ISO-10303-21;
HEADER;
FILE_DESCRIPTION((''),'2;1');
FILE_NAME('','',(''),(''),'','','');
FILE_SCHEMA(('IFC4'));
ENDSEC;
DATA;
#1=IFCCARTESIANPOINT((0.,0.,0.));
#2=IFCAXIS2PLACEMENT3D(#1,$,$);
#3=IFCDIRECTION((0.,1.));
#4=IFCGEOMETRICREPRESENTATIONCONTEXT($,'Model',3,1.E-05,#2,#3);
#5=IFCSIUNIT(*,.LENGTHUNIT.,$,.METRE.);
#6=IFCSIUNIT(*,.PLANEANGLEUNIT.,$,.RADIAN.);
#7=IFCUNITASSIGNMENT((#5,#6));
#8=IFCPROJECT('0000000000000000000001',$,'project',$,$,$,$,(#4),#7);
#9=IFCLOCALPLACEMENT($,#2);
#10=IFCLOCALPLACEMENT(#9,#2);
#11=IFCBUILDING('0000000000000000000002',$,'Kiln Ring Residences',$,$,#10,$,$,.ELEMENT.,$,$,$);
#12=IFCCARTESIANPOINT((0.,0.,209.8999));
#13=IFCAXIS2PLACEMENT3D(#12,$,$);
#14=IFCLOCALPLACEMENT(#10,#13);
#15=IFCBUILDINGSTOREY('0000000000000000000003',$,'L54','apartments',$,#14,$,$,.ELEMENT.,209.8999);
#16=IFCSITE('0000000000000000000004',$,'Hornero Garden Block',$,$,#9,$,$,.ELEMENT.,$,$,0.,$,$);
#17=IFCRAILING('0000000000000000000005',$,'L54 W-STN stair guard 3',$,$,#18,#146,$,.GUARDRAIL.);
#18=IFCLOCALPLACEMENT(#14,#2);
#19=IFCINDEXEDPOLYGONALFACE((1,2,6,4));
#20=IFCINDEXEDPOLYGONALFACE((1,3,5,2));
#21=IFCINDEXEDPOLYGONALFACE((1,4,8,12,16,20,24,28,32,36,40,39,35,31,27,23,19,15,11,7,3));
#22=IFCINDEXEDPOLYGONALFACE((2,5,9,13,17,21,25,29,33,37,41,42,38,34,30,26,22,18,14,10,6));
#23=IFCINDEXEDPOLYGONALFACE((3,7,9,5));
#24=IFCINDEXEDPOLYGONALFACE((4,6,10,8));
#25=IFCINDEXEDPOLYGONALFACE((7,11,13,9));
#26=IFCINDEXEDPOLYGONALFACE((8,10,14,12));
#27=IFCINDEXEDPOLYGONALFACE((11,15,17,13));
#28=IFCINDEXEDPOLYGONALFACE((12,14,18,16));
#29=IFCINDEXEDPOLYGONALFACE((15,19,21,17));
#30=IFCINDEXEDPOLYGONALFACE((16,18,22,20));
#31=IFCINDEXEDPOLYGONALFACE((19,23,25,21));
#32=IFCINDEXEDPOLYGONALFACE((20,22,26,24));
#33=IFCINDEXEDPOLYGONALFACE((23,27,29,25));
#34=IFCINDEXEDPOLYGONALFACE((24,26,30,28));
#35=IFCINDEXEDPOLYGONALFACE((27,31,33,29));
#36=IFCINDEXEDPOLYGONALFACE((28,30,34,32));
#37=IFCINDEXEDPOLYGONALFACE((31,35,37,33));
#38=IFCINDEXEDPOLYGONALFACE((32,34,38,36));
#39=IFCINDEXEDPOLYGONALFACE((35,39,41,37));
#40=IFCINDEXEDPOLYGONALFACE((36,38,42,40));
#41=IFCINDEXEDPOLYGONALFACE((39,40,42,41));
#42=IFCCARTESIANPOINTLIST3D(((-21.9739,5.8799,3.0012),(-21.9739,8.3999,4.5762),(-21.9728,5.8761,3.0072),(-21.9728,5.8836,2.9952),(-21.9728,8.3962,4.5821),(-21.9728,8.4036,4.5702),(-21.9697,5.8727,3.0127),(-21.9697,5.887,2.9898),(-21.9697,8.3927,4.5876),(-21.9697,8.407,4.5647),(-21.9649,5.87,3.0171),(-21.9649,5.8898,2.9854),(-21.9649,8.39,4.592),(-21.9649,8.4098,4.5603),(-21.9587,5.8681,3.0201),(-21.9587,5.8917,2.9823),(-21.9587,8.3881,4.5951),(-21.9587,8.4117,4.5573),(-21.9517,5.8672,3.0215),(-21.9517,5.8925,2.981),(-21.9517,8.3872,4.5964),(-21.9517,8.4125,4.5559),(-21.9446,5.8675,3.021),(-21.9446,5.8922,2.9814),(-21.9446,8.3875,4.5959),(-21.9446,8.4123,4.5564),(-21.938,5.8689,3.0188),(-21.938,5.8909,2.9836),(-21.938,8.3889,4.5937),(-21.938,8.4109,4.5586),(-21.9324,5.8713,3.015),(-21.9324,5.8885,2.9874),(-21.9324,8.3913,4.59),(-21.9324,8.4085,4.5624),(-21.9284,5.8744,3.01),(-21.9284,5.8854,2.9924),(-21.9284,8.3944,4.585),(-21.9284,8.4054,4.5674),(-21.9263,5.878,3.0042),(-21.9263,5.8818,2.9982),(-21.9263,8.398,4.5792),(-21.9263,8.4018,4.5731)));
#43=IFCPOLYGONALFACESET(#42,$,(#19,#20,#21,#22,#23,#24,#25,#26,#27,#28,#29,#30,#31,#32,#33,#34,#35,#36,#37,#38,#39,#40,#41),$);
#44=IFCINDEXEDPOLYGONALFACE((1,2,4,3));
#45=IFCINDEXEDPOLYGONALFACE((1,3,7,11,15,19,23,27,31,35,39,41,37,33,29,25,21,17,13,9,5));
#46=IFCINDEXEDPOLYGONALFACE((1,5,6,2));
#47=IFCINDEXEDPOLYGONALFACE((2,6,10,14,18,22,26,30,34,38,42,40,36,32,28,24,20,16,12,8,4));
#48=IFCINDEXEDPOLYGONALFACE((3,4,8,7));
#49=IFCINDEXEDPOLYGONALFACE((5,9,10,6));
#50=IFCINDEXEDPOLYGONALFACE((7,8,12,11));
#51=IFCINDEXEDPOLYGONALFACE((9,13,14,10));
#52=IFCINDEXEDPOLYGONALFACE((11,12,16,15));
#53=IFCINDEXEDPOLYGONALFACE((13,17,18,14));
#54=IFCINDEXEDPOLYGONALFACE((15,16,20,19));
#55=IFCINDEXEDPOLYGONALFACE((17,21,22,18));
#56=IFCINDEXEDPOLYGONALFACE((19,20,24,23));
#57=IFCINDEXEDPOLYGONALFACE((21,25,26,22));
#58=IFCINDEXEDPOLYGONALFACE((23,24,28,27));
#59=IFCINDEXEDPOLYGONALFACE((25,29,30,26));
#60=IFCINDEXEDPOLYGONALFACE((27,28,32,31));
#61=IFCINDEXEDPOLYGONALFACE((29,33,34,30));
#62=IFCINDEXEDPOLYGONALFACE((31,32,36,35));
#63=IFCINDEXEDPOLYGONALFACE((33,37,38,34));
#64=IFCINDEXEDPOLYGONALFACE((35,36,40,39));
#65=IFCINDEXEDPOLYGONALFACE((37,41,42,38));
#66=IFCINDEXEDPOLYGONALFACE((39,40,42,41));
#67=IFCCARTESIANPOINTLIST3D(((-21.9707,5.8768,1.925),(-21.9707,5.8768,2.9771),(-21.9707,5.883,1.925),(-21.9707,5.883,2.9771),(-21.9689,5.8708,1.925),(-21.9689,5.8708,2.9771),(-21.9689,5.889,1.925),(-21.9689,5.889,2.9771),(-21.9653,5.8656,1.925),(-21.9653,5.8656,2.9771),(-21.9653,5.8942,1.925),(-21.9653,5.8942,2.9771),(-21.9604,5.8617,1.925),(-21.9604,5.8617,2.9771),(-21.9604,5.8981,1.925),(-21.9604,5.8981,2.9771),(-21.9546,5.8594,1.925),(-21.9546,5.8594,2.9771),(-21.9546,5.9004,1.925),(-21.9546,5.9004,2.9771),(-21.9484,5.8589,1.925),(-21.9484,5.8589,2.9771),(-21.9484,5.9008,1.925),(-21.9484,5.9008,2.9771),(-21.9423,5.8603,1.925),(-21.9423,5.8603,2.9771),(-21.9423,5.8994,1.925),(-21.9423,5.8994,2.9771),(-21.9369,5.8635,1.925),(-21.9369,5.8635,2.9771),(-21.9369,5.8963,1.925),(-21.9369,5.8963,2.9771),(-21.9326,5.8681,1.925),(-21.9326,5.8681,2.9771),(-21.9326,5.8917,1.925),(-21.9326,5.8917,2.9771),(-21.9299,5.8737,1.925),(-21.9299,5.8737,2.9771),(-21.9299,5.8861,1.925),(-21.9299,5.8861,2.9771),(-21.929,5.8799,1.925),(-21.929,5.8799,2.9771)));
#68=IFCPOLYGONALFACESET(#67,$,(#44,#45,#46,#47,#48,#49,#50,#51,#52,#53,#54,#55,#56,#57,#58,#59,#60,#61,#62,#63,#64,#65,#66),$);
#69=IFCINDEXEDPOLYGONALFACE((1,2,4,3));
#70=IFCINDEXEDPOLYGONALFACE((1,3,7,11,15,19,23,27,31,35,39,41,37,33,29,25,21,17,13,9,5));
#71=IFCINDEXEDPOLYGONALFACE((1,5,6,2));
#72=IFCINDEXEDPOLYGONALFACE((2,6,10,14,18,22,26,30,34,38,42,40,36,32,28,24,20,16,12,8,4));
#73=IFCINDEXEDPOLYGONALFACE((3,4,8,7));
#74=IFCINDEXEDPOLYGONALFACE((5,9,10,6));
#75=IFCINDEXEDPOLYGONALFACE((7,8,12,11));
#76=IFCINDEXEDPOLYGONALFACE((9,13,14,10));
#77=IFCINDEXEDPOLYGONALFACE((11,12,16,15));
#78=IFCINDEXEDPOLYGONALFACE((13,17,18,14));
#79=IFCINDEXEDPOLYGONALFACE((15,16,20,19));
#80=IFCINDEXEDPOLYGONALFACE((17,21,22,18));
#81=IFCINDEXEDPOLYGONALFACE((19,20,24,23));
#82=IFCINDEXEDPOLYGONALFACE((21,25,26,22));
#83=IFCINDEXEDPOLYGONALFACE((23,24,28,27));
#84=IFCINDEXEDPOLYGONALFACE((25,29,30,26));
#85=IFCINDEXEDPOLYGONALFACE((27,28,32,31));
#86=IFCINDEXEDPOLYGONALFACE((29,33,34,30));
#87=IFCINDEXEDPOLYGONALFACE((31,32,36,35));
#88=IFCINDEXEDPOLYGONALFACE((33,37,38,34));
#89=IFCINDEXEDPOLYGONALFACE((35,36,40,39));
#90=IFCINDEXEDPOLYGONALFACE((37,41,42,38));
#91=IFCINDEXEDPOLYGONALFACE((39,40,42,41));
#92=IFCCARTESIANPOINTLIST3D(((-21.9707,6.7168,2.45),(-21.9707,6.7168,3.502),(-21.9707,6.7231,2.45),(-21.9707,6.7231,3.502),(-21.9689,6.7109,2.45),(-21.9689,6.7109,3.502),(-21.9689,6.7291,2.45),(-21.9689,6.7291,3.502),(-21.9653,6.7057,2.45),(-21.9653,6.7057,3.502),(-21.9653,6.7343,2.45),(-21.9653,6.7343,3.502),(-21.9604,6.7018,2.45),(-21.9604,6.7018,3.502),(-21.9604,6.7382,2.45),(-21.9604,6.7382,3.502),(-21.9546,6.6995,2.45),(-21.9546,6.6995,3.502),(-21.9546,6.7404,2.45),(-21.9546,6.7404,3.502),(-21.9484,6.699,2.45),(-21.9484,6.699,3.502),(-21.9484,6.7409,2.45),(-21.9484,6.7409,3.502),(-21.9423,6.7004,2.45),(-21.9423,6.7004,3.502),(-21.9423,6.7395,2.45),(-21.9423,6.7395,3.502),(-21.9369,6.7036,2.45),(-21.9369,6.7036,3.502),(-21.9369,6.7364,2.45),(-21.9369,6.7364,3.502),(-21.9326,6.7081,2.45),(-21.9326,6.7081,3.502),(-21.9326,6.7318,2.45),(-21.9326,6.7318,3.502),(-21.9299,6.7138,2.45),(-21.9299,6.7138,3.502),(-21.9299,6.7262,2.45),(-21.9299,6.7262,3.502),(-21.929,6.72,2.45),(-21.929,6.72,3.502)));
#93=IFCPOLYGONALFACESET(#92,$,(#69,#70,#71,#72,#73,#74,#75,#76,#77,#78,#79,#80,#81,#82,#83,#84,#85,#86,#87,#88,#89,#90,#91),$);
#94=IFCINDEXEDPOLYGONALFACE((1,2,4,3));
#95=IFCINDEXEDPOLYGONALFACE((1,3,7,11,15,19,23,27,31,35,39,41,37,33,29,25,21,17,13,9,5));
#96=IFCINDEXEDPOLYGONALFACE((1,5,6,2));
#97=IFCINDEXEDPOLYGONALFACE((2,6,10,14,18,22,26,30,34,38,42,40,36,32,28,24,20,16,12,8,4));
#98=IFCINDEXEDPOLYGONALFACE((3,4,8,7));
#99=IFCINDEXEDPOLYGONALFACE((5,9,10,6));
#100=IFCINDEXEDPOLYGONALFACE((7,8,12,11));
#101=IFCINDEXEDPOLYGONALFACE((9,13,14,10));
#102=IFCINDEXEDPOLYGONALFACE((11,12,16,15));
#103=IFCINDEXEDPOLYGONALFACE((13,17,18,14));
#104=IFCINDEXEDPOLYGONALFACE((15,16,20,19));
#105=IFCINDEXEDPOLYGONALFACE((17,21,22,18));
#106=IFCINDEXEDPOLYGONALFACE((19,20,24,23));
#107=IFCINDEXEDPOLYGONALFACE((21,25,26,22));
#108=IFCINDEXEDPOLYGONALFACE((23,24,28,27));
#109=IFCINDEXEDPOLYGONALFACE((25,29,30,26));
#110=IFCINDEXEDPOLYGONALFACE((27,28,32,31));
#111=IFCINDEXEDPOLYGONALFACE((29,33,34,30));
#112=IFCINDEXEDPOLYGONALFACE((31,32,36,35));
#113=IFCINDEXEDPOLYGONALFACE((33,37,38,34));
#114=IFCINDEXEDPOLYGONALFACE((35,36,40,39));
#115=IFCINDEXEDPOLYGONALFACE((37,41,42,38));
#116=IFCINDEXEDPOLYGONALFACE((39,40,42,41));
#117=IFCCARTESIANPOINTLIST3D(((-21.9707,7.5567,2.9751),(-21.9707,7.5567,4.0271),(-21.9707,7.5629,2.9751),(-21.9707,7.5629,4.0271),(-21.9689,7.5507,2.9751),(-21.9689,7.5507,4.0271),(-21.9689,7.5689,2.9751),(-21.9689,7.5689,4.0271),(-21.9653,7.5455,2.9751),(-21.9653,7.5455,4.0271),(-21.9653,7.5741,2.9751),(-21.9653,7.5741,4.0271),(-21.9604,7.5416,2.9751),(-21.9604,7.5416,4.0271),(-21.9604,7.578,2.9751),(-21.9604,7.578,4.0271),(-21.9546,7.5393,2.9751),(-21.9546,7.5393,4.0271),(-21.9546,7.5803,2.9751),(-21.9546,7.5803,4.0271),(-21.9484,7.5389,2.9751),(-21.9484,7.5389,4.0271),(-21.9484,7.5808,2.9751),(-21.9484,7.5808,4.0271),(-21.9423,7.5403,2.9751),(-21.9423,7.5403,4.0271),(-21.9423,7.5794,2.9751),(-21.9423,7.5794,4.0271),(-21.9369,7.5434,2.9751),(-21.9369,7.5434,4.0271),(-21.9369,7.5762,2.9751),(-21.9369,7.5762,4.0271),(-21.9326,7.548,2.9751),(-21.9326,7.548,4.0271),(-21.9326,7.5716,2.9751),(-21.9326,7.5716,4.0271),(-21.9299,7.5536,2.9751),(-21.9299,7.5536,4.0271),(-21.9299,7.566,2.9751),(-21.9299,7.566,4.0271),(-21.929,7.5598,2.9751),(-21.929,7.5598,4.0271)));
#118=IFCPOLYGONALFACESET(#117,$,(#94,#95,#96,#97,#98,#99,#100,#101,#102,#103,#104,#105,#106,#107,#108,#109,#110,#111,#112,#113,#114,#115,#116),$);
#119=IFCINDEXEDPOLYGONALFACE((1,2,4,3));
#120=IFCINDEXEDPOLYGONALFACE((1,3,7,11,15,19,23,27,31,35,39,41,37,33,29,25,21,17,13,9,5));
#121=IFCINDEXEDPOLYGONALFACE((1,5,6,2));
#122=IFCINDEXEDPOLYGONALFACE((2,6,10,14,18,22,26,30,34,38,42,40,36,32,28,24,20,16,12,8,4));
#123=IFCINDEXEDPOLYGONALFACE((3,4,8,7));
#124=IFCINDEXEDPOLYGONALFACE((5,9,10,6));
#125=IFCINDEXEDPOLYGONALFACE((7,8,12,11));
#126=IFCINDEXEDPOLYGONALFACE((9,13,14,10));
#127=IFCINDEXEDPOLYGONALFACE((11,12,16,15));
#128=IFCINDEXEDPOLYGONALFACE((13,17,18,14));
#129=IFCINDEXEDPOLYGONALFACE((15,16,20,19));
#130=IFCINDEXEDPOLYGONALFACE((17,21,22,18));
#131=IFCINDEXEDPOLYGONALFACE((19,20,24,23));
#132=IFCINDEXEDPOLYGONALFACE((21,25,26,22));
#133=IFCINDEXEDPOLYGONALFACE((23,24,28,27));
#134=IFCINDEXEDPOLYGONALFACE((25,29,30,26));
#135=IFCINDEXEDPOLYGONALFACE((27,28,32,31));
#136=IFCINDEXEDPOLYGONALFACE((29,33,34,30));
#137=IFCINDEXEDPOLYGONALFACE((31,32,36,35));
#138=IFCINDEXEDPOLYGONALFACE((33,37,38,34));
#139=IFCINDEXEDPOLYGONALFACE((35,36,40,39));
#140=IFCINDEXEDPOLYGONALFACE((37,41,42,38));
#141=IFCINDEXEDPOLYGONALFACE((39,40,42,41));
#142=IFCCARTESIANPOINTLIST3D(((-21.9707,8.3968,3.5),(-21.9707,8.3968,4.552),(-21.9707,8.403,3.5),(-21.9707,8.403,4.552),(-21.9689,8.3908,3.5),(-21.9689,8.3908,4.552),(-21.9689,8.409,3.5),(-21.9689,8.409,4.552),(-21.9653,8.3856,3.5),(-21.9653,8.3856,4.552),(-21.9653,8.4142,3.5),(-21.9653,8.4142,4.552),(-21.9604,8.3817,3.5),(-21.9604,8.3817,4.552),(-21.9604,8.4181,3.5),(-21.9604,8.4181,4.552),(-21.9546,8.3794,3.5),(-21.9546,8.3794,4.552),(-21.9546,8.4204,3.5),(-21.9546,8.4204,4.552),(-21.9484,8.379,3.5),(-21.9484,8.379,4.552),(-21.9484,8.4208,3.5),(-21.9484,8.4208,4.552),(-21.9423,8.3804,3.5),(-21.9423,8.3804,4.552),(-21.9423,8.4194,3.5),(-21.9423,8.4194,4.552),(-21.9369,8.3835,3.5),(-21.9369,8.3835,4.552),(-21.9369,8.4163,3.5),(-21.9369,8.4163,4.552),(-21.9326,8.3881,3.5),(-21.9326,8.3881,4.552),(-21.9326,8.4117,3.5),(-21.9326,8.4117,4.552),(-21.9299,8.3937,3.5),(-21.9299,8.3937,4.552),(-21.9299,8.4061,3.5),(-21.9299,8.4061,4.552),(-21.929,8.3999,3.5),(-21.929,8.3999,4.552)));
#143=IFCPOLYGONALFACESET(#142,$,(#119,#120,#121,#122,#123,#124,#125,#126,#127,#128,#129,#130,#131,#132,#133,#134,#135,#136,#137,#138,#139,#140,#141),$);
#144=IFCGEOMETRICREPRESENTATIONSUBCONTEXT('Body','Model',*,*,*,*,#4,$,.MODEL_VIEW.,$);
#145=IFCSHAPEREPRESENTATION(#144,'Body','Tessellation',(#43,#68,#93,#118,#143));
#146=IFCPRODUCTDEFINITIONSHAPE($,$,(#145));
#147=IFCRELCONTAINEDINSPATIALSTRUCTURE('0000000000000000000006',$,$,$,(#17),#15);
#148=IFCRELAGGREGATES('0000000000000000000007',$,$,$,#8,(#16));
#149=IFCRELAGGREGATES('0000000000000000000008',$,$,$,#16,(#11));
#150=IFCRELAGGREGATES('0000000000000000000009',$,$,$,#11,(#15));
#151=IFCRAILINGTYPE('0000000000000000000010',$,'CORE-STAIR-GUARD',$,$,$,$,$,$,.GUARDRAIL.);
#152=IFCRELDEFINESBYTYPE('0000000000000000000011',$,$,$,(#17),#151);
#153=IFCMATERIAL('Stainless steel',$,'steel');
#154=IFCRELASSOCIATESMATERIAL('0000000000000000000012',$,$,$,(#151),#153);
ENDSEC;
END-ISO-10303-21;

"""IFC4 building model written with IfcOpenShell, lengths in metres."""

from ifc_helpers import new_model, si_unit, direction, frame, origin, origin_2d, place, context, subcontext, project, spatial, circle, extrude, material, type_object, element, save


model = new_model("IFC4")

# Units and contexts
model_context = context("Model", 3, precision=1e-05, world=origin(), true_north=direction((0.0, 1.0)))
body_context = subcontext(model_context, "Body", "Model", "MODEL_VIEW")
ifc_project = project(units=[si_unit("LENGTHUNIT", "METRE"), si_unit("PLANEANGLEUNIT", "RADIAN")], contexts=[model_context])

# Site, building, storey
site_placement = place(None, origin())
site = spatial("IfcSite", under=ifc_project, at=site_placement, Name="Hornero Garden Block", CompositionType="ELEMENT", RefElevation=0.0)
building_placement = place(site_placement, origin())
building = spatial("IfcBuilding", under=site, at=building_placement, Name="Kiln Ring Residences", CompositionType="ELEMENT")
storey_placement = place(building_placement, frame((0.0, 0.0, 209.8999)))
storey = spatial("IfcBuildingStorey", under=building, at=storey_placement, Name="L54", Description="apartments", CompositionType="ELEMENT", Elevation=209.8999)

# Railing
ifc_material_1 = material(Name="Stainless steel", Category="steel")
railing_type_1 = type_object("IfcRailingType", Name="CORE-STAIR-GUARD", PredefinedType="GUARDRAIL", material=ifc_material_1)
railing_1_placement = place(storey_placement, frame((-21.95, 5.8799, 1.925)))
element("IfcRailing", 1, at=railing_1_placement, inside=storey, type_object=railing_type_1, Name="L54 W-STN stair guard 3", PredefinedType="GUARDRAIL", context=body_context, shape_type="SweptSolid", body=[
    extrude(circle(Radius=0.0239, at=origin_2d()), frame((0.0, 0.0, 1.0762), z_axis=(0.0, 0.848008, 0.529984), x_axis=(-1.0, 0.0, 0.0)), (0.0, 0.0, 1.0), 2.9717),
    extrude(circle(Radius=0.021, at=origin_2d()), origin(), (0.0, 0.0, 1.0), 1.052),
    extrude(circle(Radius=0.021, at=origin_2d()), frame((0.0, 0.8401, 0.5249)), (0.0, 0.0, 1.0), 1.052),
    extrude(circle(Radius=0.021, at=origin_2d()), frame((0.0, 1.6799, 1.05)), (0.0, 0.0, 1.0), 1.052),
    extrude(circle(Radius=0.021, at=origin_2d()), frame((0.0, 2.52, 1.575)), (0.0, 0.0, 1.0), 1.052),
])

save(model, "model.ifc")
